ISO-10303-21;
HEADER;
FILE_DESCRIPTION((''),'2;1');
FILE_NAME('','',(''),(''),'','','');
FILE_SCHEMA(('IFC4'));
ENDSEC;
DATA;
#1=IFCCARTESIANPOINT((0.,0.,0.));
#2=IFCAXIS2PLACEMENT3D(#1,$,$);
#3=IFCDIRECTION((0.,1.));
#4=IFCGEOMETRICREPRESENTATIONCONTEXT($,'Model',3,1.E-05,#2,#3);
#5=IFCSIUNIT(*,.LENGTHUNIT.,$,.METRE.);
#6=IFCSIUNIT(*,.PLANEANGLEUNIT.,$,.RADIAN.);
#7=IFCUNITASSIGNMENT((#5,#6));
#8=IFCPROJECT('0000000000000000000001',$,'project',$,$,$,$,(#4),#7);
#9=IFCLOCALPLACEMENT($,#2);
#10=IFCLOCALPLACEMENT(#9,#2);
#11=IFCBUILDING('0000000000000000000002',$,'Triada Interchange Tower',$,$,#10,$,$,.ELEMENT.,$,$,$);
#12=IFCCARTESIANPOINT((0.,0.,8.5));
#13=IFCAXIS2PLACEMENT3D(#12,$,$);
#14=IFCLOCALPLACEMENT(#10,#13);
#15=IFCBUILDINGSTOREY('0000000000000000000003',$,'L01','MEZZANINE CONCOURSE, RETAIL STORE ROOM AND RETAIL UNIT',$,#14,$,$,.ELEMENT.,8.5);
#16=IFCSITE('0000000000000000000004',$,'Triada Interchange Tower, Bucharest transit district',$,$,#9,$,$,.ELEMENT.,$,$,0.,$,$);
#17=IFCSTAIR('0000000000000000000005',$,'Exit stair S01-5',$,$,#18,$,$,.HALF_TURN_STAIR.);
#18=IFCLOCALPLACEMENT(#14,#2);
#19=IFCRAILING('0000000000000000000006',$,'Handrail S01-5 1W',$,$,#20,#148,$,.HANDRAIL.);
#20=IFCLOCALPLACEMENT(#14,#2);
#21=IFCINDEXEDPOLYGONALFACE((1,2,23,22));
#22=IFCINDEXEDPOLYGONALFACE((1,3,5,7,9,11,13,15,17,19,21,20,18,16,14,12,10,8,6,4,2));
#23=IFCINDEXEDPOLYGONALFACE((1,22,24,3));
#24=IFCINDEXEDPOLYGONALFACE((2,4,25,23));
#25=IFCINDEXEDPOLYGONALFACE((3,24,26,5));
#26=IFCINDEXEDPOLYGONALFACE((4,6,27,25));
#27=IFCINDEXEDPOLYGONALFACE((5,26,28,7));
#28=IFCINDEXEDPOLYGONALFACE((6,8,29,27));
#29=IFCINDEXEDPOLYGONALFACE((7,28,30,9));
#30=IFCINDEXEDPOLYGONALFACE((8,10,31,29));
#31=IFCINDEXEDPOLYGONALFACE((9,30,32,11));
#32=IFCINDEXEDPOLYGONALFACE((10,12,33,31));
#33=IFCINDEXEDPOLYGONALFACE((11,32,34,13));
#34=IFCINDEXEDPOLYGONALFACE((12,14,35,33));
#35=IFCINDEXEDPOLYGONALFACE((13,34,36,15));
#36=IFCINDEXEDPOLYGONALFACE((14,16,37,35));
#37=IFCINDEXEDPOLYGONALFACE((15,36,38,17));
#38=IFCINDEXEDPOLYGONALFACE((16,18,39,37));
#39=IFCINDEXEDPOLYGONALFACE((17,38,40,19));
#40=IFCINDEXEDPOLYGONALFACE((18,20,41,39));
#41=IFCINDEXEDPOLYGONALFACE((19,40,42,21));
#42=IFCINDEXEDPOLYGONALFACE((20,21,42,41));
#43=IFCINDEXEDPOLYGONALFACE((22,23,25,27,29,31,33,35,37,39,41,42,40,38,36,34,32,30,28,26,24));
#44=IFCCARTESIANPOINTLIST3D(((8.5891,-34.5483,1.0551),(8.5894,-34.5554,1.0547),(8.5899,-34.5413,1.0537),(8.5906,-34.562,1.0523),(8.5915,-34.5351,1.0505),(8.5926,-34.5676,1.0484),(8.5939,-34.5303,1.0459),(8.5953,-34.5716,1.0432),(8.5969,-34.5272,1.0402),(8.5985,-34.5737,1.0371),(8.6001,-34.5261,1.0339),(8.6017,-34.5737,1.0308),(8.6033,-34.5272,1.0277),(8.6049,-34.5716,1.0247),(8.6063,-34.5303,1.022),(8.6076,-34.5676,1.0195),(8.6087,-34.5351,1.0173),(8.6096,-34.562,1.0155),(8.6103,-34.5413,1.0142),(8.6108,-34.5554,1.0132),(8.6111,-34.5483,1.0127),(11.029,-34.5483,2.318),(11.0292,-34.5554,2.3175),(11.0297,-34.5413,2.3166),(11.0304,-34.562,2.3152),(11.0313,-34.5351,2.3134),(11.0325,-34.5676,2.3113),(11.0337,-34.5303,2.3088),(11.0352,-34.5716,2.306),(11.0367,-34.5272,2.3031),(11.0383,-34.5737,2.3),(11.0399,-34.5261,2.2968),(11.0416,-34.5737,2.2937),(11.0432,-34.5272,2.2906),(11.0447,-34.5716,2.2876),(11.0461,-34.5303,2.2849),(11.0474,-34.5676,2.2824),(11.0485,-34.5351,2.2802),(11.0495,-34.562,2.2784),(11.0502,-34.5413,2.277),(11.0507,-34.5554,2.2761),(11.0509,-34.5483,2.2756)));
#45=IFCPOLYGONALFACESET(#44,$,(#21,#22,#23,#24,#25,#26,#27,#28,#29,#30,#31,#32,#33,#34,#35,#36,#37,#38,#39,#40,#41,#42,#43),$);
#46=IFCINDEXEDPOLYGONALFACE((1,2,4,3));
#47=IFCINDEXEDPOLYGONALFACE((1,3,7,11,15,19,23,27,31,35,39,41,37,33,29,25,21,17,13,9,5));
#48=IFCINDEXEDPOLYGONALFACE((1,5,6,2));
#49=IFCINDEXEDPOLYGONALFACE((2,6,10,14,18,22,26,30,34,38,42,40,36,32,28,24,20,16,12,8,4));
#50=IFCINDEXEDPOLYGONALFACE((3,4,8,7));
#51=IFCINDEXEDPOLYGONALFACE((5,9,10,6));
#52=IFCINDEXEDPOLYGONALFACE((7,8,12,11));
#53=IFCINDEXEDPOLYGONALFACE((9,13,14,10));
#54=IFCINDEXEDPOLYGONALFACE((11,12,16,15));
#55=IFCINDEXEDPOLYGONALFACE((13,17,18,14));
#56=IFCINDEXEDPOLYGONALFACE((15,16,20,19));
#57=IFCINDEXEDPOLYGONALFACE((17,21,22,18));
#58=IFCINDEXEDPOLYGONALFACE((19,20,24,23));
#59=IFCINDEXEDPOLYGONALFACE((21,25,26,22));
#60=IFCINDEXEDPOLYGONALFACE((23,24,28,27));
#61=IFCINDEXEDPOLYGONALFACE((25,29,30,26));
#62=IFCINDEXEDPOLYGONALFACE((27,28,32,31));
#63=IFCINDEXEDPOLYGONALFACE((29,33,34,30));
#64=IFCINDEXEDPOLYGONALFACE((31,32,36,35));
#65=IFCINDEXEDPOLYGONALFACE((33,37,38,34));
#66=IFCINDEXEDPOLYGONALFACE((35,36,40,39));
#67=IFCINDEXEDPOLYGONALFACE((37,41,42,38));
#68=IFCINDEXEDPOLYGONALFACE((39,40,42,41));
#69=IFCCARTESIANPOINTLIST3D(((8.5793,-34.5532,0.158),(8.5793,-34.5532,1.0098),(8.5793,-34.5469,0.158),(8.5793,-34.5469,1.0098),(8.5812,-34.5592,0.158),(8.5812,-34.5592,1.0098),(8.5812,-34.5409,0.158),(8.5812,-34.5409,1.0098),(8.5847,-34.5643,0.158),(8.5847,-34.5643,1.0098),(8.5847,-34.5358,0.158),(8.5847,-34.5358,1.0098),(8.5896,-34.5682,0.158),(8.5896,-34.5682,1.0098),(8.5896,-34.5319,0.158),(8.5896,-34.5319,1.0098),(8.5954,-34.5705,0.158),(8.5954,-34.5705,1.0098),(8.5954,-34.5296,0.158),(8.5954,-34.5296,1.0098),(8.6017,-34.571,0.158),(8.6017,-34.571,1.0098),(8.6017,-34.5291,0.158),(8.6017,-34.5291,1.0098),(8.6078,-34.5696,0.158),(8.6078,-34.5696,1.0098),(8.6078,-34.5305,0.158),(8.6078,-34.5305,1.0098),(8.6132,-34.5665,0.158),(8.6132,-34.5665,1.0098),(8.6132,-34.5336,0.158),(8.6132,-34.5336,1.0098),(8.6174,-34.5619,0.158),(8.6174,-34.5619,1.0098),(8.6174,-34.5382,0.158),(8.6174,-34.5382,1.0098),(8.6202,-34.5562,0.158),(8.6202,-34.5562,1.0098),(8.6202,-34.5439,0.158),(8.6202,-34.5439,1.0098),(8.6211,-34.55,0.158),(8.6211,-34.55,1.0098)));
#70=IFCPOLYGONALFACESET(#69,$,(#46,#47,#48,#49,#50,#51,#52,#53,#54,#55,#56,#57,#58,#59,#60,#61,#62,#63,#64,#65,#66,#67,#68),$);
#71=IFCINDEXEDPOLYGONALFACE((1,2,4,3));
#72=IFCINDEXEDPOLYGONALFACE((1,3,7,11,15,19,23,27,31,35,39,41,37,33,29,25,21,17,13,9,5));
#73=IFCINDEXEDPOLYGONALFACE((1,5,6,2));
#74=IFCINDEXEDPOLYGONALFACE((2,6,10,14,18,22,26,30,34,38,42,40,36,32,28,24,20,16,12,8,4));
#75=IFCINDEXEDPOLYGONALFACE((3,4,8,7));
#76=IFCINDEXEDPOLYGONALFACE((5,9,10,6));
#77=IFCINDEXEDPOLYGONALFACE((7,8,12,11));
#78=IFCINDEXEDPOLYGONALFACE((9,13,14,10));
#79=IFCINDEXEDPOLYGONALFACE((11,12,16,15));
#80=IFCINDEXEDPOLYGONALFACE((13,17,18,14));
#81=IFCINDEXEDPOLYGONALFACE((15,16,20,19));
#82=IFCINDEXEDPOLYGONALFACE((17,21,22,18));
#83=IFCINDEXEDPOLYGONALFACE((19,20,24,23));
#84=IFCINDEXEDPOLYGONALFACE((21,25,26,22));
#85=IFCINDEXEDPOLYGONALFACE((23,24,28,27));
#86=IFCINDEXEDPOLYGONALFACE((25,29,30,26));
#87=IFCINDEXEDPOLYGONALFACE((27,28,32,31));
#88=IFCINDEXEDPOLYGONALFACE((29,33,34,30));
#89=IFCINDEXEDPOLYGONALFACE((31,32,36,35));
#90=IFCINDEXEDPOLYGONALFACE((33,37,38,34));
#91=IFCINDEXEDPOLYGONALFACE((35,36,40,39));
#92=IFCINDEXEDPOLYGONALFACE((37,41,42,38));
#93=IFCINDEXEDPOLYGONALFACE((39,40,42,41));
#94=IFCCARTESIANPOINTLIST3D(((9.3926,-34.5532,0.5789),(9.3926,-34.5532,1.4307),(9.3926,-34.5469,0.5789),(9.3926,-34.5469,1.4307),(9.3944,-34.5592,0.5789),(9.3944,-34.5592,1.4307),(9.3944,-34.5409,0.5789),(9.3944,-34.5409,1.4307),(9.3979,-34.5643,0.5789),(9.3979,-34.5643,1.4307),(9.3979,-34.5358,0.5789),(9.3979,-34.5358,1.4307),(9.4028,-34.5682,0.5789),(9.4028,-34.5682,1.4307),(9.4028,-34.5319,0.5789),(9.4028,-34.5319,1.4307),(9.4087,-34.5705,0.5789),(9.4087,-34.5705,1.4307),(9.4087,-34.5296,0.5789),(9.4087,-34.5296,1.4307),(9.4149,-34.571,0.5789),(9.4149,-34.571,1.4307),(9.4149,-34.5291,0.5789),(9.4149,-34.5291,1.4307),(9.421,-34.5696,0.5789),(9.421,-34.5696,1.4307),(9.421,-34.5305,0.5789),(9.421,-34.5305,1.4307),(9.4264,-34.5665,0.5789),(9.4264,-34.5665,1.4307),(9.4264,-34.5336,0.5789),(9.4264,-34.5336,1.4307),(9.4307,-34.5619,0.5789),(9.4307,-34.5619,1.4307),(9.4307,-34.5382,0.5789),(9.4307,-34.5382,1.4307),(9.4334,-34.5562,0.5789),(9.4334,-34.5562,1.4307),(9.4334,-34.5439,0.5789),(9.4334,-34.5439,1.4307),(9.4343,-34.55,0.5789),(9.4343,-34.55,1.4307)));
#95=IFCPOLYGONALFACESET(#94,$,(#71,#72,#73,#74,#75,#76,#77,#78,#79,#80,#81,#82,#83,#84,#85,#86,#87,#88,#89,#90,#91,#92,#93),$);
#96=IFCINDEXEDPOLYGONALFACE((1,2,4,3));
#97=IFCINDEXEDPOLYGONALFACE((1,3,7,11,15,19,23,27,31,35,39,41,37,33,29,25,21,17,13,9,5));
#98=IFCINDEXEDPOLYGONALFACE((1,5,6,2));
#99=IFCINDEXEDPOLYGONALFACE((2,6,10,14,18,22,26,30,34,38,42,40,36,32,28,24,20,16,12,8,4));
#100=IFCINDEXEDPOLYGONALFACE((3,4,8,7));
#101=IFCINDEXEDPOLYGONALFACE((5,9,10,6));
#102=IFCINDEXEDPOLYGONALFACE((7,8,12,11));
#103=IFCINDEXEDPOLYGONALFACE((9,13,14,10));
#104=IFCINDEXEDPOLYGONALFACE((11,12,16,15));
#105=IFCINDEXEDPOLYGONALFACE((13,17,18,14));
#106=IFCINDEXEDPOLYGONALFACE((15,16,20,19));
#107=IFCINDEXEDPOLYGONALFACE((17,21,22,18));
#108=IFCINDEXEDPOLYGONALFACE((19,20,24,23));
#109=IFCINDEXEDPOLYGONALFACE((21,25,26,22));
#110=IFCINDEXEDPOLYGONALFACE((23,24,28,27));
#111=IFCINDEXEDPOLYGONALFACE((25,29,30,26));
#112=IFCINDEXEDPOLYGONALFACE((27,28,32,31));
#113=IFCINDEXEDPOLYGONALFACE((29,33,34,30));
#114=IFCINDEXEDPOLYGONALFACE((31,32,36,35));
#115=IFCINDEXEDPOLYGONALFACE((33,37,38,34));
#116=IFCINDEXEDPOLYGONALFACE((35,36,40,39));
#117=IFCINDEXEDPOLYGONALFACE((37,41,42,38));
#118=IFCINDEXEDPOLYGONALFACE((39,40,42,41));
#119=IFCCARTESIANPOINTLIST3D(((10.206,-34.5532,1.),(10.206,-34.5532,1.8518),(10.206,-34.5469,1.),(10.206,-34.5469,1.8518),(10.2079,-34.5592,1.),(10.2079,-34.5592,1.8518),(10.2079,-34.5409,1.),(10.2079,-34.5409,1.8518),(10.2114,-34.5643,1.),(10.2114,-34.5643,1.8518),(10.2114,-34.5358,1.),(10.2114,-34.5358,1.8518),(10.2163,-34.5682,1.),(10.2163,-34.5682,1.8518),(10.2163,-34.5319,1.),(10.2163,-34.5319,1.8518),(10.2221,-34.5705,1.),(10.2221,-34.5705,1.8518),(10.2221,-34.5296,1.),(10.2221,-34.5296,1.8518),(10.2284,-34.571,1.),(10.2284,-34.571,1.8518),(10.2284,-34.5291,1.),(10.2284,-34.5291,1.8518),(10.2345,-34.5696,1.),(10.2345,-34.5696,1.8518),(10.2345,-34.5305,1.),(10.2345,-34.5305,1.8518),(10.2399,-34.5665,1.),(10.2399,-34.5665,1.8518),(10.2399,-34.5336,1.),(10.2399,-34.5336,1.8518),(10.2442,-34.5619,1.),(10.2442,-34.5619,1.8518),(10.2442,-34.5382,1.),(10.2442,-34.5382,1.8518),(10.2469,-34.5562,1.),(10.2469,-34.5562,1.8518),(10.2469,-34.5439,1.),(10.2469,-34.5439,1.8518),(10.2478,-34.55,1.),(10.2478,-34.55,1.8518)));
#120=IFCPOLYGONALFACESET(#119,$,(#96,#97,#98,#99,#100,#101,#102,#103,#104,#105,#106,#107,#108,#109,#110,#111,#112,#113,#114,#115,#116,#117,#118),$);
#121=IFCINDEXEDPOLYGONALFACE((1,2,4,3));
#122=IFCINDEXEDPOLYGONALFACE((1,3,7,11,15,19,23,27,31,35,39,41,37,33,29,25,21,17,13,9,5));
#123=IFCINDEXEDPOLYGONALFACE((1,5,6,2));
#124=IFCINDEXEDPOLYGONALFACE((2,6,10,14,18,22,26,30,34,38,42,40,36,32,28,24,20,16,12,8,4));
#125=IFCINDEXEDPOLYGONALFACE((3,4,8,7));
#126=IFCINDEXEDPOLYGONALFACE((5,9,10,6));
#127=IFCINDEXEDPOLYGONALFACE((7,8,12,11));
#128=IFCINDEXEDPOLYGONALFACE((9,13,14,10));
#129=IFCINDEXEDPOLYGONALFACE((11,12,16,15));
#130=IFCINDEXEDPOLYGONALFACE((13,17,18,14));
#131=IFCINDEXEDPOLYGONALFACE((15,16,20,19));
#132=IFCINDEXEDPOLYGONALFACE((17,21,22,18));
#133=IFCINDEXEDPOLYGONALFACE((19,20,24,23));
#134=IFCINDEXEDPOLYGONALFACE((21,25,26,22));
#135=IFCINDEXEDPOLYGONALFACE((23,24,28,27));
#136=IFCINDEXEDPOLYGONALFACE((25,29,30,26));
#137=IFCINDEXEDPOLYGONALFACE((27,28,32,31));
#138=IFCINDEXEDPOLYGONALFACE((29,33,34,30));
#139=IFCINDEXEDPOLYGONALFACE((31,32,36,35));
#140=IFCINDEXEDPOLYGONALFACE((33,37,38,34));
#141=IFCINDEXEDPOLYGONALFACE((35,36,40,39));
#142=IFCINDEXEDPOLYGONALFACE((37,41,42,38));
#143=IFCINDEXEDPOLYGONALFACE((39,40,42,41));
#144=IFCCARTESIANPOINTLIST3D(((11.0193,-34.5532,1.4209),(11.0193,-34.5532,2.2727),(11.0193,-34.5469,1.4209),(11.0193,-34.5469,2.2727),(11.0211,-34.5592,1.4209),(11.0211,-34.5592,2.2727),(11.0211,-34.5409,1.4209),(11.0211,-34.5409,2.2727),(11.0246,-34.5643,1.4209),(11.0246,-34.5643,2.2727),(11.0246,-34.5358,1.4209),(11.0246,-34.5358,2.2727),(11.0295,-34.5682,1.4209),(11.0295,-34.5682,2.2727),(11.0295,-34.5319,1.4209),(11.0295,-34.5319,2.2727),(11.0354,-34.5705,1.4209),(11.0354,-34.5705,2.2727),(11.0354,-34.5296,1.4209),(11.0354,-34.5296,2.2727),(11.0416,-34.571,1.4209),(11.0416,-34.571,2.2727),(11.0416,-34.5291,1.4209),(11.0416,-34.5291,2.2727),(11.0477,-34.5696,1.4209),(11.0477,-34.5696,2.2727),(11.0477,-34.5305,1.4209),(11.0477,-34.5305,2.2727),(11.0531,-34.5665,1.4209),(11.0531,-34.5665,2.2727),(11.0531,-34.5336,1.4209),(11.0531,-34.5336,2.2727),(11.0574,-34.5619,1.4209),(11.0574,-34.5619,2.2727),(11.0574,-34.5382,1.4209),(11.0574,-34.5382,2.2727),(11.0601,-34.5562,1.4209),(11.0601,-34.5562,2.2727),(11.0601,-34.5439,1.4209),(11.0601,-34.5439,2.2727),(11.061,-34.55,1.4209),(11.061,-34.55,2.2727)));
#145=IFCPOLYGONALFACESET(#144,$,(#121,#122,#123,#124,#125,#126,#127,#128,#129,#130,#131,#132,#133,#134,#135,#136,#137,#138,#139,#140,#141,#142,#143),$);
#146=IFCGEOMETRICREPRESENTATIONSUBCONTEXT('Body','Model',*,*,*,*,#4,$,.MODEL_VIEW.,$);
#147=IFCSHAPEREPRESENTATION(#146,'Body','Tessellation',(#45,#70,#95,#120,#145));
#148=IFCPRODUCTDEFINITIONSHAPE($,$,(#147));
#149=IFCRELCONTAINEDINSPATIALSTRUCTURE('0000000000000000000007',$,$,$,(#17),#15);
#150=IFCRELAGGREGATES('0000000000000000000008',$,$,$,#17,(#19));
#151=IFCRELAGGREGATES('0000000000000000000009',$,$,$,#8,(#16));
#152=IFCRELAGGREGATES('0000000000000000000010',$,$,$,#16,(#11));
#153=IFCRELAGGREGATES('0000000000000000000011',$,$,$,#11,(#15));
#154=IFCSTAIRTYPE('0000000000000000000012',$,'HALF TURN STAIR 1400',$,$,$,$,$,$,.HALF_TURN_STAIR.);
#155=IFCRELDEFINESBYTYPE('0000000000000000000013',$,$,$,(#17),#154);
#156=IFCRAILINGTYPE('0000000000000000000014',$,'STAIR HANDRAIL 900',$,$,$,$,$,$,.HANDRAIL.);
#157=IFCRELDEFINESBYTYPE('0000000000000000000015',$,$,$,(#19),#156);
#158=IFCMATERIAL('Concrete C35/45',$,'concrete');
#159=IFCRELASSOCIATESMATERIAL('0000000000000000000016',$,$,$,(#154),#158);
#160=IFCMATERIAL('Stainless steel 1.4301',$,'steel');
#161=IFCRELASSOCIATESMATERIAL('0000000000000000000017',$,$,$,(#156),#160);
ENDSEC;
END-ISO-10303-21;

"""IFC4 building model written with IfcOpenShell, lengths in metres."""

from ifc_helpers import new_model, si_unit, direction, frame, origin, origin_2d, place, context, subcontext, project, spatial, circle, extrude, material, type_object, element, aggregate, save


model = new_model("IFC4")

# Units and contexts
model_context = context("Model", 3, precision=1e-05, world=origin(), true_north=direction((0.0, 1.0)))
body_context = subcontext(model_context, "Body", "Model", "MODEL_VIEW")
ifc_project = project(units=[si_unit("LENGTHUNIT", "METRE"), si_unit("PLANEANGLEUNIT", "RADIAN")], contexts=[model_context])

# Site, building, storey
site_placement = place(None, origin())
site = spatial("IfcSite", under=ifc_project, at=site_placement, Name="Triada Interchange Tower, Bucharest transit district", CompositionType="ELEMENT", RefElevation=0.0)
building_placement = place(site_placement, origin())
building = spatial("IfcBuilding", under=site, at=building_placement, Name="Triada Interchange Tower", CompositionType="ELEMENT")
storey_placement = place(building_placement, frame((0.0, 0.0, 8.5)))
storey = spatial("IfcBuildingStorey", under=building, at=storey_placement, Name="L01", Description="MEZZANINE CONCOURSE, RETAIL STORE ROOM AND RETAIL UNIT", CompositionType="ELEMENT", Elevation=8.5)

# Shared definitions
ifc_material_1 = material(Name="Concrete C35/45", Category="concrete")

# Stair
stair_type = type_object("IfcStairType", Name="HALF TURN STAIR 1400", PredefinedType="HALF_TURN_STAIR", material=ifc_material_1)
stair_1_placement = place(storey_placement, origin())
stair_1 = element("IfcStair", 1, at=stair_1_placement, inside=storey, type_object=stair_type, Name="Exit stair S01-5", PredefinedType="HALF_TURN_STAIR")

# Shared definitions
ifc_material_2 = material(Name="Stainless steel 1.4301", Category="steel")

# Railing
railing_type_1 = type_object("IfcRailingType", Name="STAIR HANDRAIL 900", PredefinedType="HANDRAIL", material=ifc_material_2)
railing_1_placement = place(storey_placement, frame((8.6001, -34.55, 0.158)))
railing_1 = element("IfcRailing", 2, at=railing_1_placement, type_object=railing_type_1, Name="Handrail S01-5 1W", PredefinedType="HANDRAIL", context=body_context, shape_type="SweptSolid", body=[
    extrude(circle(Radius=0.0239, at=origin_2d()), frame((0.0, 0.0, 0.876), z_axis=(0.888084, 0.0, 0.459682), x_axis=(0.0, 1.0, 0.0)), (0.0, 0.0, 1.0), 2.7473),
    extrude(circle(Radius=0.021, at=origin_2d()), origin(), (0.0, 0.0, 1.0), 0.8518),
    extrude(circle(Radius=0.021, at=origin_2d()), frame((0.8132, 0.0, 0.4209)), (0.0, 0.0, 1.0), 0.8518),
    extrude(circle(Radius=0.021, at=origin_2d()), frame((1.6267, 0.0, 0.842)), (0.0, 0.0, 1.0), 0.8518),
    extrude(circle(Radius=0.021, at=origin_2d()), frame((2.4399, 0.0, 1.2629)), (0.0, 0.0, 1.0), 0.8518),
])
aggregate(stair_1, [railing_1])

save(model, "model.ifc")
